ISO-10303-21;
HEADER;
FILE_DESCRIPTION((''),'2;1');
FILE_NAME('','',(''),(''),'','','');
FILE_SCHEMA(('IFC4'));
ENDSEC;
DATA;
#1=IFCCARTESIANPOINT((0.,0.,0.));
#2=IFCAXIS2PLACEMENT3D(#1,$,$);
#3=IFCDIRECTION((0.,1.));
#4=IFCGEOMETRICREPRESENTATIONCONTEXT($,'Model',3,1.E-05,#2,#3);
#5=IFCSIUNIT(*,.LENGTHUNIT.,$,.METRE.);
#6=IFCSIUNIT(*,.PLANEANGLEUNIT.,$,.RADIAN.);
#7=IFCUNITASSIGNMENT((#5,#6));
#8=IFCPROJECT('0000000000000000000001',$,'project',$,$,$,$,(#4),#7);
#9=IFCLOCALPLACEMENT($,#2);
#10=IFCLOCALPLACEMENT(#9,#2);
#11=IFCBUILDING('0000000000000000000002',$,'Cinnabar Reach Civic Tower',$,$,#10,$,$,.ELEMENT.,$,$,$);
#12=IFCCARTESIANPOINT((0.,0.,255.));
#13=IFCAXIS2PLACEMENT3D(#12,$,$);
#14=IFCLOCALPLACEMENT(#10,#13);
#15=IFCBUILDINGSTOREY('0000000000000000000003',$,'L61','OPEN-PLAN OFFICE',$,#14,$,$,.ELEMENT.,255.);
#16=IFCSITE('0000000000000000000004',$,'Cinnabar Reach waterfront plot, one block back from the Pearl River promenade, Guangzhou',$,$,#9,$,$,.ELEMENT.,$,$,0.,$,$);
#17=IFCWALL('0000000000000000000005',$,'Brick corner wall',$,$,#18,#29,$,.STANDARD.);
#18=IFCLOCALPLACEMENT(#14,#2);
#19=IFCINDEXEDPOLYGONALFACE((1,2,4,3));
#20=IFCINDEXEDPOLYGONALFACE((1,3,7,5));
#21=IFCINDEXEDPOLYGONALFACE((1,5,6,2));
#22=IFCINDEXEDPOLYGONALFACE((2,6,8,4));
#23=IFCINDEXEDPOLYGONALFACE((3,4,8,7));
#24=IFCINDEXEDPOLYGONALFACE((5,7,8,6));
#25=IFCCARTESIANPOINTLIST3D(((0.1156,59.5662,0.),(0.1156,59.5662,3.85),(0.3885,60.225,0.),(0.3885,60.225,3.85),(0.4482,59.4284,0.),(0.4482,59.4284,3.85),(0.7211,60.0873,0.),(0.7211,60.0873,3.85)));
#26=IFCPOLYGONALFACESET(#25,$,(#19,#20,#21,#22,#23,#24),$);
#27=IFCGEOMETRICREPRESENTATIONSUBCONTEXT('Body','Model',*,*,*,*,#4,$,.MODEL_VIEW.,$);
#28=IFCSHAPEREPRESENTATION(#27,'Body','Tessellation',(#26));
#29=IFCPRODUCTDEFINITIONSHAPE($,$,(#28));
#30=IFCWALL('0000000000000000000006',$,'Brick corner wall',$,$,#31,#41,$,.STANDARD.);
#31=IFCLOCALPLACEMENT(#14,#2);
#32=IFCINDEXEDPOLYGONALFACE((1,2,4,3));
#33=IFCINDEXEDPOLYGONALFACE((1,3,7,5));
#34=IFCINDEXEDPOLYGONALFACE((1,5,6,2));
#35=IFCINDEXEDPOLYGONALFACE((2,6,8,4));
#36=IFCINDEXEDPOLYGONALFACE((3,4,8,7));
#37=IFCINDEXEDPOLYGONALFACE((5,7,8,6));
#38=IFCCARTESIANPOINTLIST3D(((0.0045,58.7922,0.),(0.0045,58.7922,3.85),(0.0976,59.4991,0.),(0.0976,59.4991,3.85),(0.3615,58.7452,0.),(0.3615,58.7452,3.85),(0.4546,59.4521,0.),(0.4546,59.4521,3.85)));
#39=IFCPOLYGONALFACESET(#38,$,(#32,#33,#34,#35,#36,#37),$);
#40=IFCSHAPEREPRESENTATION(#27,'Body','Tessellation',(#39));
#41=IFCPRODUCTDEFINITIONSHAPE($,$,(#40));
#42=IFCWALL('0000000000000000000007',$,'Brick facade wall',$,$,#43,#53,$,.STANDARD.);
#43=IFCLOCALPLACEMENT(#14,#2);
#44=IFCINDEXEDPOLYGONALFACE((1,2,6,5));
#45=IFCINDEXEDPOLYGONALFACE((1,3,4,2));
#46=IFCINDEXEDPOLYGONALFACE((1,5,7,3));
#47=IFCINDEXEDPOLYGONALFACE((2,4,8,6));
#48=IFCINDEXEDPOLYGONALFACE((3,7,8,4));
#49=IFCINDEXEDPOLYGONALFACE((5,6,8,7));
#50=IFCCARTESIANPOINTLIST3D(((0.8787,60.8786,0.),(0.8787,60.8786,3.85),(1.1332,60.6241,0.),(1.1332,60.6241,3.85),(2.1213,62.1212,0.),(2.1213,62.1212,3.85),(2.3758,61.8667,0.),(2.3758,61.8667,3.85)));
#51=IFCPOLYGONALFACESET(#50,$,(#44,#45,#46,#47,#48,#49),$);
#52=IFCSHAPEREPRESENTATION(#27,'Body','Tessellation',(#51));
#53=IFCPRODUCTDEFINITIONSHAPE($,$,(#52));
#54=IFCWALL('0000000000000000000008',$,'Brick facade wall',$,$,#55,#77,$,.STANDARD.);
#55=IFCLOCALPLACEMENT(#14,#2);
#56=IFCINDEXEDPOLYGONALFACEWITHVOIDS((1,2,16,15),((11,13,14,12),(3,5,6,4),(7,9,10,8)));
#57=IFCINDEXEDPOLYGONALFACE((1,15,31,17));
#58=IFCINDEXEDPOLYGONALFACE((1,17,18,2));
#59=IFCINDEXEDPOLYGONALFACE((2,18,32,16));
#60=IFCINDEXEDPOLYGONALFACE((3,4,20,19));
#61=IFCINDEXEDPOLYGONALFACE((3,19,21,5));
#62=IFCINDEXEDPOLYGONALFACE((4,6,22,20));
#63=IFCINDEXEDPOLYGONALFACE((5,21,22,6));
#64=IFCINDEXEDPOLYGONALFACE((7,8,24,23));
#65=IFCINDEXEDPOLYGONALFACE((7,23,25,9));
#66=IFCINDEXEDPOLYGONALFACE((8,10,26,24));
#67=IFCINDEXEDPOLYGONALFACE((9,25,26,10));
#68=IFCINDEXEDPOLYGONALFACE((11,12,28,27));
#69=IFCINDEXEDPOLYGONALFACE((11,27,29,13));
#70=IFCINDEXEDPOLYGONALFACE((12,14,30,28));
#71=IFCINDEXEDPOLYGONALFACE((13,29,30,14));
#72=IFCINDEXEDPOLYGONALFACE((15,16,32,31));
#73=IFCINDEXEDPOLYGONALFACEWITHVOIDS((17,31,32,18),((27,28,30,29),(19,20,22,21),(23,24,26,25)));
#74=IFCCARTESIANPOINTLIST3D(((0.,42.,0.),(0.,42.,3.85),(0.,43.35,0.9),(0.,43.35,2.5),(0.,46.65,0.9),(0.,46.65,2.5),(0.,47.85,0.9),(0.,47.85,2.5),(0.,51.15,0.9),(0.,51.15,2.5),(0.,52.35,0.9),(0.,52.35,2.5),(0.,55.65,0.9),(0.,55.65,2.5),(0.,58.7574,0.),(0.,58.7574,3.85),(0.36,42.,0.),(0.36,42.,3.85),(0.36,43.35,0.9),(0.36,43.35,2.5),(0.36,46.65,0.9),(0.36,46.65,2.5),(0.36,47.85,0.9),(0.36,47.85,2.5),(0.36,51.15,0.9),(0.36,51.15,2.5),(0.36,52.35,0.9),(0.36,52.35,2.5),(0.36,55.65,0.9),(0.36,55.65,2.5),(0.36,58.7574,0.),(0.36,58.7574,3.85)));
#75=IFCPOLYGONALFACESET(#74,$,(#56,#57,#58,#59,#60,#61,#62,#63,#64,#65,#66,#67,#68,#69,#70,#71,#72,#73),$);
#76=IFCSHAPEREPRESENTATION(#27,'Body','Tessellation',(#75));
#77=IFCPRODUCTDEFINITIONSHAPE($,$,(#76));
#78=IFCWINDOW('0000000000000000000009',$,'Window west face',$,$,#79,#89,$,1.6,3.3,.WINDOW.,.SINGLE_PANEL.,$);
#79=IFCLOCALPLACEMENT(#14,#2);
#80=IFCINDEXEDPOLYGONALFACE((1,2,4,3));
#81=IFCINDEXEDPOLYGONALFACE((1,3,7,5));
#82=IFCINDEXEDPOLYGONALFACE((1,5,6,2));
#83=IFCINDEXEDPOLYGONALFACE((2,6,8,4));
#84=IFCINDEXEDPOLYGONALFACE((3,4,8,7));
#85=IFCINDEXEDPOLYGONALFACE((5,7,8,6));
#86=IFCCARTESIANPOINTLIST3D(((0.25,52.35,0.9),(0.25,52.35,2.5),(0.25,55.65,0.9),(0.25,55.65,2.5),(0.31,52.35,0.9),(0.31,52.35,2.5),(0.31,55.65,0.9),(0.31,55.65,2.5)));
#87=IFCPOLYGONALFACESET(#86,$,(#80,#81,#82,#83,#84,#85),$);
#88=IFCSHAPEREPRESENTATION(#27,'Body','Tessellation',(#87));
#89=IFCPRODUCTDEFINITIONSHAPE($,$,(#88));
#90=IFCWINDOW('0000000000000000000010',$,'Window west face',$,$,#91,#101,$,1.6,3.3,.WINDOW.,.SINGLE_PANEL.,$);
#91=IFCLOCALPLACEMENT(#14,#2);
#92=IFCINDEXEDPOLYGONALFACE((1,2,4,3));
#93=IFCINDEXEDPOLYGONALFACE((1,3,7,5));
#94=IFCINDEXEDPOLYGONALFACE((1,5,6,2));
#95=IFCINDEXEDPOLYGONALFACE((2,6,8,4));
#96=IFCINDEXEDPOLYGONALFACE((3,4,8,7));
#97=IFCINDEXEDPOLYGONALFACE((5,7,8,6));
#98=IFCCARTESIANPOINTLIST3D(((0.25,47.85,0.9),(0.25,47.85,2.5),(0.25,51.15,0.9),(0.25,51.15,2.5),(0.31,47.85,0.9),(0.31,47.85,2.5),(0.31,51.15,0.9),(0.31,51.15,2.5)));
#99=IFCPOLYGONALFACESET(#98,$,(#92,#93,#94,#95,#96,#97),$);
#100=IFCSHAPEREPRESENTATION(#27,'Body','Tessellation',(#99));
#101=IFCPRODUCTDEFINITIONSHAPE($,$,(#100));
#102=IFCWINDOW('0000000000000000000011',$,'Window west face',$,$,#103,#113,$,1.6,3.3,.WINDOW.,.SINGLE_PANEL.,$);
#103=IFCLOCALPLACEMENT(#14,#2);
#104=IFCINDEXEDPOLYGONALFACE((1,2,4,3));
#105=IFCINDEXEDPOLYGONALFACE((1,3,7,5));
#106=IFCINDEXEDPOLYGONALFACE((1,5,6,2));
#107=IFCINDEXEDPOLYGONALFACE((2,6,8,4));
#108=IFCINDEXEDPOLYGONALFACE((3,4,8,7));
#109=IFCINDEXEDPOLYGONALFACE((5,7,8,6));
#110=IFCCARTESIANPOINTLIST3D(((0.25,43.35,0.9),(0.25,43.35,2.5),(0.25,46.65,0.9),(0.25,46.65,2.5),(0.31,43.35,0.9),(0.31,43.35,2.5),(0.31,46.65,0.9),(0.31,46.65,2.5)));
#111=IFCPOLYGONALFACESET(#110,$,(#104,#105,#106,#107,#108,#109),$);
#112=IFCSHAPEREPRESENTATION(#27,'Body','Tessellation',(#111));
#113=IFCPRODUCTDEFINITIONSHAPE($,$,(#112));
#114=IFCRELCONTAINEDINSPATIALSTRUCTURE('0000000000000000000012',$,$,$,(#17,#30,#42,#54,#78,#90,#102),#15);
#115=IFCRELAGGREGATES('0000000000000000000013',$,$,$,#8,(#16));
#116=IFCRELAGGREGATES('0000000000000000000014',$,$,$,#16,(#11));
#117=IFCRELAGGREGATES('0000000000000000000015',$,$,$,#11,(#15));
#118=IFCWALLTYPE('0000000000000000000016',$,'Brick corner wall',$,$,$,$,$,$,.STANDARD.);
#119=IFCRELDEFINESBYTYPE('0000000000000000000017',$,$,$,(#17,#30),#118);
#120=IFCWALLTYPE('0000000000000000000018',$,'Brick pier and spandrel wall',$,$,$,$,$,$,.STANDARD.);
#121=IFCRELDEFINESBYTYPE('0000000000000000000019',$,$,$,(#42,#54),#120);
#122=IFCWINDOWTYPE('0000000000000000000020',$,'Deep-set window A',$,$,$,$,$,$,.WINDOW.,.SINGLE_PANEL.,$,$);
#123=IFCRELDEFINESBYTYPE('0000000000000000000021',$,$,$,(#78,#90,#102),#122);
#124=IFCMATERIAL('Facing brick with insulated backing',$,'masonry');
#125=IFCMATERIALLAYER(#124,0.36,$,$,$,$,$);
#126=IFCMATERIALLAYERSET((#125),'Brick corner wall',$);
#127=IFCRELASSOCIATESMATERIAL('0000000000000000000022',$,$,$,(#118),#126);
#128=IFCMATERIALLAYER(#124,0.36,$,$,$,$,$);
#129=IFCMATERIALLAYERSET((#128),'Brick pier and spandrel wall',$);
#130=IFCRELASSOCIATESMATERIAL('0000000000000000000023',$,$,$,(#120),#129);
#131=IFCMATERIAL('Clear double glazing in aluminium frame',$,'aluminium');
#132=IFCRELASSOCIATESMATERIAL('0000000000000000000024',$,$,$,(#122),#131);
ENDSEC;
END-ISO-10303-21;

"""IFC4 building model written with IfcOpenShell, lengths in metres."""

from ifc_helpers import new_model, si_unit, direction, frame, frame_2d, origin, place, context, subcontext, project, spatial, rectangle, extrude, material, layer, layer_set, type_object, element, fill, save


model = new_model("IFC4")

# Units and contexts
model_context = context("Model", 3, precision=1e-05, world=origin(), true_north=direction((0.0, 1.0)))
body_context = subcontext(model_context, "Body", "Model", "MODEL_VIEW")
ifc_project = project(units=[si_unit("LENGTHUNIT", "METRE"), si_unit("PLANEANGLEUNIT", "RADIAN")], contexts=[model_context])

# Site, building, storey
site_placement = place(None, origin())
site = spatial("IfcSite", under=ifc_project, at=site_placement, Name="Cinnabar Reach waterfront plot, one block back from the Pearl River promenade, Guangzhou", CompositionType="ELEMENT", RefElevation=0.0)
building_placement = place(site_placement, origin())
building = spatial("IfcBuilding", under=site, at=building_placement, Name="Cinnabar Reach Civic Tower", CompositionType="ELEMENT")
storey_placement = place(building_placement, frame((0.0, 0.0, 255.0)))
storey = spatial("IfcBuildingStorey", under=building, at=storey_placement, Name="L61", Description="OPEN-PLAN OFFICE", CompositionType="ELEMENT", Elevation=255.0)

# Walls
ifc_material_1 = material(Name="Facing brick with insulated backing", Category="masonry")
ifc_layer_1 = layer(ifc_material_1, 0.36)
ifc_layer_set_1 = layer_set([ifc_layer_1], Name="Brick corner wall")
wall_type_1 = type_object("IfcWallType", Name="Brick corner wall", PredefinedType="STANDARD", material=ifc_layer_set_1)
for number, where, z_axis, x_axis, name in (
    (1, (0.5548, 60.1561, 0.0), (0.0, 0.0, 1.0), (-0.382703, -0.923872, 0.0), "Brick corner wall"),
    (2, (0.2761, 59.4756, 0.0), (0.0, 0.0, 1.0), (-0.130556, -0.991441, 0.0), "Brick corner wall"),
):
    element("IfcWall", number, at=place(storey_placement, frame(where, z_axis=z_axis, x_axis=x_axis)), inside=storey, type_object=wall_type_1, Name=name, PredefinedType="STANDARD", context=body_context, shape_type="SweptSolid", body=[
        extrude(rectangle(XDim=0.7131, YDim=0.36, at=frame_2d((0.3565, 0.0))), origin(), (0.0, 0.0, 1.0), 3.85),
    ])
ifc_layer_2 = layer(ifc_material_1, 0.36)
ifc_layer_set_2 = layer_set([ifc_layer_2], Name="Brick pier and spandrel wall")
wall_type_2 = type_object("IfcWallType", Name="Brick pier and spandrel wall", PredefinedType="STANDARD", material=ifc_layer_set_2)
wall_1_placement = place(storey_placement, frame((2.2486, 61.994, 0.0), z_axis=(0.0, 0.0, 1.0), x_axis=(-0.707107, -0.707107, 0.0)))
element("IfcWall", 3, at=wall_1_placement, inside=storey, type_object=wall_type_2, Name="Brick facade wall", PredefinedType="STANDARD", context=body_context, shape_type="SweptSolid", body=[
    extrude(rectangle(XDim=1.7573, YDim=0.36, at=frame_2d((0.8787, 0.0))), origin(), (0.0, 0.0, 1.0), 3.85),
])

# Wall, openings, windows
wall_2_placement = place(storey_placement, frame((0.18, 58.7574, 0.0), z_axis=(0.0, 0.0, 1.0), x_axis=(0.0, -1.0, 0.0)))
wall_2 = element("IfcWall", 4, at=wall_2_placement, inside=storey, type_object=wall_type_2, Name="Brick facade wall", PredefinedType="STANDARD", context=body_context, shape_type="SweptSolid", body=[
    extrude(rectangle(XDim=16.7574, YDim=0.36, at=frame_2d((8.3787, 0.0))), origin(), (0.0, 0.0, 1.0), 3.85),
])
opening_1_placement = place(wall_2_placement, frame((3.1074, 0.0, 0.9)))
opening_1 = element("IfcOpeningElement", 5, at=opening_1_placement, cuts=wall_2, PredefinedType="OPENING", context=body_context, shape_type="SweptSolid", body=[
    extrude(rectangle(XDim=3.3, YDim=1.6, at=frame_2d((1.65, 0.8))), frame((0.0, 0.19, 0.0), z_axis=(0.0, -1.0, 0.0), x_axis=(1.0, 0.0, 0.0)), (0.0, 0.0, 1.0), 0.38),
])
opening_2_placement = place(wall_2_placement, frame((7.6074, 0.0, 0.9)))
opening_2 = element("IfcOpeningElement", 6, at=opening_2_placement, cuts=wall_2, PredefinedType="OPENING", context=body_context, shape_type="SweptSolid", body=[
    extrude(rectangle(XDim=3.3, YDim=1.6, at=frame_2d((1.65, 0.8))), frame((0.0, 0.19, 0.0), z_axis=(0.0, -1.0, 0.0), x_axis=(1.0, 0.0, 0.0)), (0.0, 0.0, 1.0), 0.38),
])
opening_3_placement = place(wall_2_placement, frame((12.1074, 0.0, 0.9)))
opening_3 = element("IfcOpeningElement", 7, at=opening_3_placement, cuts=wall_2, PredefinedType="OPENING", context=body_context, shape_type="SweptSolid", body=[
    extrude(rectangle(XDim=3.3, YDim=1.6, at=frame_2d((1.65, 0.8))), frame((0.0, 0.19, 0.0), z_axis=(0.0, -1.0, 0.0), x_axis=(1.0, 0.0, 0.0)), (0.0, 0.0, 1.0), 0.38),
])
ifc_material_2 = material(Name="Clear double glazing in aluminium frame", Category="aluminium")
window_type = type_object("IfcWindowType", Name="Deep-set window A", PartitioningType="SINGLE_PANEL", PredefinedType="WINDOW", material=ifc_material_2)
window_1_placement = place(opening_1_placement, origin())
window_1 = element("IfcWindow", 8, at=window_1_placement, inside=storey, type_object=window_type, Name="Window west face", OverallHeight=1.6, OverallWidth=3.3, PartitioningType="SINGLE_PANEL", PredefinedType="WINDOW", context=body_context, shape_type="SweptSolid", body=[
    extrude(rectangle(XDim=3.3, YDim=1.6, at=frame_2d((1.65, 0.8))), frame((0.0, 0.13, 0.0), z_axis=(0.0, -1.0, 0.0), x_axis=(1.0, 0.0, 0.0)), (0.0, 0.0, 1.0), 0.06),
])
fill(opening_1, window_1)
window_2_placement = place(opening_2_placement, origin())
window_2 = element("IfcWindow", 9, at=window_2_placement, inside=storey, type_object=window_type, Name="Window west face", OverallHeight=1.6, OverallWidth=3.3, PartitioningType="SINGLE_PANEL", PredefinedType="WINDOW", context=body_context, shape_type="SweptSolid", body=[
    extrude(rectangle(XDim=3.3, YDim=1.6, at=frame_2d((1.65, 0.8))), frame((0.0, 0.13, 0.0), z_axis=(0.0, -1.0, 0.0), x_axis=(1.0, 0.0, 0.0)), (0.0, 0.0, 1.0), 0.06),
])
fill(opening_2, window_2)
window_3_placement = place(opening_3_placement, origin())
window_3 = element("IfcWindow", 10, at=window_3_placement, inside=storey, type_object=window_type, Name="Window west face", OverallHeight=1.6, OverallWidth=3.3, PartitioningType="SINGLE_PANEL", PredefinedType="WINDOW", context=body_context, shape_type="SweptSolid", body=[
    extrude(rectangle(XDim=3.3, YDim=1.6, at=frame_2d((1.65, 0.8))), frame((0.0, 0.13, 0.0), z_axis=(0.0, -1.0, 0.0), x_axis=(1.0, 0.0, 0.0)), (0.0, 0.0, 1.0), 0.06),
])
fill(opening_3, window_3)

save(model, "model.ifc")
